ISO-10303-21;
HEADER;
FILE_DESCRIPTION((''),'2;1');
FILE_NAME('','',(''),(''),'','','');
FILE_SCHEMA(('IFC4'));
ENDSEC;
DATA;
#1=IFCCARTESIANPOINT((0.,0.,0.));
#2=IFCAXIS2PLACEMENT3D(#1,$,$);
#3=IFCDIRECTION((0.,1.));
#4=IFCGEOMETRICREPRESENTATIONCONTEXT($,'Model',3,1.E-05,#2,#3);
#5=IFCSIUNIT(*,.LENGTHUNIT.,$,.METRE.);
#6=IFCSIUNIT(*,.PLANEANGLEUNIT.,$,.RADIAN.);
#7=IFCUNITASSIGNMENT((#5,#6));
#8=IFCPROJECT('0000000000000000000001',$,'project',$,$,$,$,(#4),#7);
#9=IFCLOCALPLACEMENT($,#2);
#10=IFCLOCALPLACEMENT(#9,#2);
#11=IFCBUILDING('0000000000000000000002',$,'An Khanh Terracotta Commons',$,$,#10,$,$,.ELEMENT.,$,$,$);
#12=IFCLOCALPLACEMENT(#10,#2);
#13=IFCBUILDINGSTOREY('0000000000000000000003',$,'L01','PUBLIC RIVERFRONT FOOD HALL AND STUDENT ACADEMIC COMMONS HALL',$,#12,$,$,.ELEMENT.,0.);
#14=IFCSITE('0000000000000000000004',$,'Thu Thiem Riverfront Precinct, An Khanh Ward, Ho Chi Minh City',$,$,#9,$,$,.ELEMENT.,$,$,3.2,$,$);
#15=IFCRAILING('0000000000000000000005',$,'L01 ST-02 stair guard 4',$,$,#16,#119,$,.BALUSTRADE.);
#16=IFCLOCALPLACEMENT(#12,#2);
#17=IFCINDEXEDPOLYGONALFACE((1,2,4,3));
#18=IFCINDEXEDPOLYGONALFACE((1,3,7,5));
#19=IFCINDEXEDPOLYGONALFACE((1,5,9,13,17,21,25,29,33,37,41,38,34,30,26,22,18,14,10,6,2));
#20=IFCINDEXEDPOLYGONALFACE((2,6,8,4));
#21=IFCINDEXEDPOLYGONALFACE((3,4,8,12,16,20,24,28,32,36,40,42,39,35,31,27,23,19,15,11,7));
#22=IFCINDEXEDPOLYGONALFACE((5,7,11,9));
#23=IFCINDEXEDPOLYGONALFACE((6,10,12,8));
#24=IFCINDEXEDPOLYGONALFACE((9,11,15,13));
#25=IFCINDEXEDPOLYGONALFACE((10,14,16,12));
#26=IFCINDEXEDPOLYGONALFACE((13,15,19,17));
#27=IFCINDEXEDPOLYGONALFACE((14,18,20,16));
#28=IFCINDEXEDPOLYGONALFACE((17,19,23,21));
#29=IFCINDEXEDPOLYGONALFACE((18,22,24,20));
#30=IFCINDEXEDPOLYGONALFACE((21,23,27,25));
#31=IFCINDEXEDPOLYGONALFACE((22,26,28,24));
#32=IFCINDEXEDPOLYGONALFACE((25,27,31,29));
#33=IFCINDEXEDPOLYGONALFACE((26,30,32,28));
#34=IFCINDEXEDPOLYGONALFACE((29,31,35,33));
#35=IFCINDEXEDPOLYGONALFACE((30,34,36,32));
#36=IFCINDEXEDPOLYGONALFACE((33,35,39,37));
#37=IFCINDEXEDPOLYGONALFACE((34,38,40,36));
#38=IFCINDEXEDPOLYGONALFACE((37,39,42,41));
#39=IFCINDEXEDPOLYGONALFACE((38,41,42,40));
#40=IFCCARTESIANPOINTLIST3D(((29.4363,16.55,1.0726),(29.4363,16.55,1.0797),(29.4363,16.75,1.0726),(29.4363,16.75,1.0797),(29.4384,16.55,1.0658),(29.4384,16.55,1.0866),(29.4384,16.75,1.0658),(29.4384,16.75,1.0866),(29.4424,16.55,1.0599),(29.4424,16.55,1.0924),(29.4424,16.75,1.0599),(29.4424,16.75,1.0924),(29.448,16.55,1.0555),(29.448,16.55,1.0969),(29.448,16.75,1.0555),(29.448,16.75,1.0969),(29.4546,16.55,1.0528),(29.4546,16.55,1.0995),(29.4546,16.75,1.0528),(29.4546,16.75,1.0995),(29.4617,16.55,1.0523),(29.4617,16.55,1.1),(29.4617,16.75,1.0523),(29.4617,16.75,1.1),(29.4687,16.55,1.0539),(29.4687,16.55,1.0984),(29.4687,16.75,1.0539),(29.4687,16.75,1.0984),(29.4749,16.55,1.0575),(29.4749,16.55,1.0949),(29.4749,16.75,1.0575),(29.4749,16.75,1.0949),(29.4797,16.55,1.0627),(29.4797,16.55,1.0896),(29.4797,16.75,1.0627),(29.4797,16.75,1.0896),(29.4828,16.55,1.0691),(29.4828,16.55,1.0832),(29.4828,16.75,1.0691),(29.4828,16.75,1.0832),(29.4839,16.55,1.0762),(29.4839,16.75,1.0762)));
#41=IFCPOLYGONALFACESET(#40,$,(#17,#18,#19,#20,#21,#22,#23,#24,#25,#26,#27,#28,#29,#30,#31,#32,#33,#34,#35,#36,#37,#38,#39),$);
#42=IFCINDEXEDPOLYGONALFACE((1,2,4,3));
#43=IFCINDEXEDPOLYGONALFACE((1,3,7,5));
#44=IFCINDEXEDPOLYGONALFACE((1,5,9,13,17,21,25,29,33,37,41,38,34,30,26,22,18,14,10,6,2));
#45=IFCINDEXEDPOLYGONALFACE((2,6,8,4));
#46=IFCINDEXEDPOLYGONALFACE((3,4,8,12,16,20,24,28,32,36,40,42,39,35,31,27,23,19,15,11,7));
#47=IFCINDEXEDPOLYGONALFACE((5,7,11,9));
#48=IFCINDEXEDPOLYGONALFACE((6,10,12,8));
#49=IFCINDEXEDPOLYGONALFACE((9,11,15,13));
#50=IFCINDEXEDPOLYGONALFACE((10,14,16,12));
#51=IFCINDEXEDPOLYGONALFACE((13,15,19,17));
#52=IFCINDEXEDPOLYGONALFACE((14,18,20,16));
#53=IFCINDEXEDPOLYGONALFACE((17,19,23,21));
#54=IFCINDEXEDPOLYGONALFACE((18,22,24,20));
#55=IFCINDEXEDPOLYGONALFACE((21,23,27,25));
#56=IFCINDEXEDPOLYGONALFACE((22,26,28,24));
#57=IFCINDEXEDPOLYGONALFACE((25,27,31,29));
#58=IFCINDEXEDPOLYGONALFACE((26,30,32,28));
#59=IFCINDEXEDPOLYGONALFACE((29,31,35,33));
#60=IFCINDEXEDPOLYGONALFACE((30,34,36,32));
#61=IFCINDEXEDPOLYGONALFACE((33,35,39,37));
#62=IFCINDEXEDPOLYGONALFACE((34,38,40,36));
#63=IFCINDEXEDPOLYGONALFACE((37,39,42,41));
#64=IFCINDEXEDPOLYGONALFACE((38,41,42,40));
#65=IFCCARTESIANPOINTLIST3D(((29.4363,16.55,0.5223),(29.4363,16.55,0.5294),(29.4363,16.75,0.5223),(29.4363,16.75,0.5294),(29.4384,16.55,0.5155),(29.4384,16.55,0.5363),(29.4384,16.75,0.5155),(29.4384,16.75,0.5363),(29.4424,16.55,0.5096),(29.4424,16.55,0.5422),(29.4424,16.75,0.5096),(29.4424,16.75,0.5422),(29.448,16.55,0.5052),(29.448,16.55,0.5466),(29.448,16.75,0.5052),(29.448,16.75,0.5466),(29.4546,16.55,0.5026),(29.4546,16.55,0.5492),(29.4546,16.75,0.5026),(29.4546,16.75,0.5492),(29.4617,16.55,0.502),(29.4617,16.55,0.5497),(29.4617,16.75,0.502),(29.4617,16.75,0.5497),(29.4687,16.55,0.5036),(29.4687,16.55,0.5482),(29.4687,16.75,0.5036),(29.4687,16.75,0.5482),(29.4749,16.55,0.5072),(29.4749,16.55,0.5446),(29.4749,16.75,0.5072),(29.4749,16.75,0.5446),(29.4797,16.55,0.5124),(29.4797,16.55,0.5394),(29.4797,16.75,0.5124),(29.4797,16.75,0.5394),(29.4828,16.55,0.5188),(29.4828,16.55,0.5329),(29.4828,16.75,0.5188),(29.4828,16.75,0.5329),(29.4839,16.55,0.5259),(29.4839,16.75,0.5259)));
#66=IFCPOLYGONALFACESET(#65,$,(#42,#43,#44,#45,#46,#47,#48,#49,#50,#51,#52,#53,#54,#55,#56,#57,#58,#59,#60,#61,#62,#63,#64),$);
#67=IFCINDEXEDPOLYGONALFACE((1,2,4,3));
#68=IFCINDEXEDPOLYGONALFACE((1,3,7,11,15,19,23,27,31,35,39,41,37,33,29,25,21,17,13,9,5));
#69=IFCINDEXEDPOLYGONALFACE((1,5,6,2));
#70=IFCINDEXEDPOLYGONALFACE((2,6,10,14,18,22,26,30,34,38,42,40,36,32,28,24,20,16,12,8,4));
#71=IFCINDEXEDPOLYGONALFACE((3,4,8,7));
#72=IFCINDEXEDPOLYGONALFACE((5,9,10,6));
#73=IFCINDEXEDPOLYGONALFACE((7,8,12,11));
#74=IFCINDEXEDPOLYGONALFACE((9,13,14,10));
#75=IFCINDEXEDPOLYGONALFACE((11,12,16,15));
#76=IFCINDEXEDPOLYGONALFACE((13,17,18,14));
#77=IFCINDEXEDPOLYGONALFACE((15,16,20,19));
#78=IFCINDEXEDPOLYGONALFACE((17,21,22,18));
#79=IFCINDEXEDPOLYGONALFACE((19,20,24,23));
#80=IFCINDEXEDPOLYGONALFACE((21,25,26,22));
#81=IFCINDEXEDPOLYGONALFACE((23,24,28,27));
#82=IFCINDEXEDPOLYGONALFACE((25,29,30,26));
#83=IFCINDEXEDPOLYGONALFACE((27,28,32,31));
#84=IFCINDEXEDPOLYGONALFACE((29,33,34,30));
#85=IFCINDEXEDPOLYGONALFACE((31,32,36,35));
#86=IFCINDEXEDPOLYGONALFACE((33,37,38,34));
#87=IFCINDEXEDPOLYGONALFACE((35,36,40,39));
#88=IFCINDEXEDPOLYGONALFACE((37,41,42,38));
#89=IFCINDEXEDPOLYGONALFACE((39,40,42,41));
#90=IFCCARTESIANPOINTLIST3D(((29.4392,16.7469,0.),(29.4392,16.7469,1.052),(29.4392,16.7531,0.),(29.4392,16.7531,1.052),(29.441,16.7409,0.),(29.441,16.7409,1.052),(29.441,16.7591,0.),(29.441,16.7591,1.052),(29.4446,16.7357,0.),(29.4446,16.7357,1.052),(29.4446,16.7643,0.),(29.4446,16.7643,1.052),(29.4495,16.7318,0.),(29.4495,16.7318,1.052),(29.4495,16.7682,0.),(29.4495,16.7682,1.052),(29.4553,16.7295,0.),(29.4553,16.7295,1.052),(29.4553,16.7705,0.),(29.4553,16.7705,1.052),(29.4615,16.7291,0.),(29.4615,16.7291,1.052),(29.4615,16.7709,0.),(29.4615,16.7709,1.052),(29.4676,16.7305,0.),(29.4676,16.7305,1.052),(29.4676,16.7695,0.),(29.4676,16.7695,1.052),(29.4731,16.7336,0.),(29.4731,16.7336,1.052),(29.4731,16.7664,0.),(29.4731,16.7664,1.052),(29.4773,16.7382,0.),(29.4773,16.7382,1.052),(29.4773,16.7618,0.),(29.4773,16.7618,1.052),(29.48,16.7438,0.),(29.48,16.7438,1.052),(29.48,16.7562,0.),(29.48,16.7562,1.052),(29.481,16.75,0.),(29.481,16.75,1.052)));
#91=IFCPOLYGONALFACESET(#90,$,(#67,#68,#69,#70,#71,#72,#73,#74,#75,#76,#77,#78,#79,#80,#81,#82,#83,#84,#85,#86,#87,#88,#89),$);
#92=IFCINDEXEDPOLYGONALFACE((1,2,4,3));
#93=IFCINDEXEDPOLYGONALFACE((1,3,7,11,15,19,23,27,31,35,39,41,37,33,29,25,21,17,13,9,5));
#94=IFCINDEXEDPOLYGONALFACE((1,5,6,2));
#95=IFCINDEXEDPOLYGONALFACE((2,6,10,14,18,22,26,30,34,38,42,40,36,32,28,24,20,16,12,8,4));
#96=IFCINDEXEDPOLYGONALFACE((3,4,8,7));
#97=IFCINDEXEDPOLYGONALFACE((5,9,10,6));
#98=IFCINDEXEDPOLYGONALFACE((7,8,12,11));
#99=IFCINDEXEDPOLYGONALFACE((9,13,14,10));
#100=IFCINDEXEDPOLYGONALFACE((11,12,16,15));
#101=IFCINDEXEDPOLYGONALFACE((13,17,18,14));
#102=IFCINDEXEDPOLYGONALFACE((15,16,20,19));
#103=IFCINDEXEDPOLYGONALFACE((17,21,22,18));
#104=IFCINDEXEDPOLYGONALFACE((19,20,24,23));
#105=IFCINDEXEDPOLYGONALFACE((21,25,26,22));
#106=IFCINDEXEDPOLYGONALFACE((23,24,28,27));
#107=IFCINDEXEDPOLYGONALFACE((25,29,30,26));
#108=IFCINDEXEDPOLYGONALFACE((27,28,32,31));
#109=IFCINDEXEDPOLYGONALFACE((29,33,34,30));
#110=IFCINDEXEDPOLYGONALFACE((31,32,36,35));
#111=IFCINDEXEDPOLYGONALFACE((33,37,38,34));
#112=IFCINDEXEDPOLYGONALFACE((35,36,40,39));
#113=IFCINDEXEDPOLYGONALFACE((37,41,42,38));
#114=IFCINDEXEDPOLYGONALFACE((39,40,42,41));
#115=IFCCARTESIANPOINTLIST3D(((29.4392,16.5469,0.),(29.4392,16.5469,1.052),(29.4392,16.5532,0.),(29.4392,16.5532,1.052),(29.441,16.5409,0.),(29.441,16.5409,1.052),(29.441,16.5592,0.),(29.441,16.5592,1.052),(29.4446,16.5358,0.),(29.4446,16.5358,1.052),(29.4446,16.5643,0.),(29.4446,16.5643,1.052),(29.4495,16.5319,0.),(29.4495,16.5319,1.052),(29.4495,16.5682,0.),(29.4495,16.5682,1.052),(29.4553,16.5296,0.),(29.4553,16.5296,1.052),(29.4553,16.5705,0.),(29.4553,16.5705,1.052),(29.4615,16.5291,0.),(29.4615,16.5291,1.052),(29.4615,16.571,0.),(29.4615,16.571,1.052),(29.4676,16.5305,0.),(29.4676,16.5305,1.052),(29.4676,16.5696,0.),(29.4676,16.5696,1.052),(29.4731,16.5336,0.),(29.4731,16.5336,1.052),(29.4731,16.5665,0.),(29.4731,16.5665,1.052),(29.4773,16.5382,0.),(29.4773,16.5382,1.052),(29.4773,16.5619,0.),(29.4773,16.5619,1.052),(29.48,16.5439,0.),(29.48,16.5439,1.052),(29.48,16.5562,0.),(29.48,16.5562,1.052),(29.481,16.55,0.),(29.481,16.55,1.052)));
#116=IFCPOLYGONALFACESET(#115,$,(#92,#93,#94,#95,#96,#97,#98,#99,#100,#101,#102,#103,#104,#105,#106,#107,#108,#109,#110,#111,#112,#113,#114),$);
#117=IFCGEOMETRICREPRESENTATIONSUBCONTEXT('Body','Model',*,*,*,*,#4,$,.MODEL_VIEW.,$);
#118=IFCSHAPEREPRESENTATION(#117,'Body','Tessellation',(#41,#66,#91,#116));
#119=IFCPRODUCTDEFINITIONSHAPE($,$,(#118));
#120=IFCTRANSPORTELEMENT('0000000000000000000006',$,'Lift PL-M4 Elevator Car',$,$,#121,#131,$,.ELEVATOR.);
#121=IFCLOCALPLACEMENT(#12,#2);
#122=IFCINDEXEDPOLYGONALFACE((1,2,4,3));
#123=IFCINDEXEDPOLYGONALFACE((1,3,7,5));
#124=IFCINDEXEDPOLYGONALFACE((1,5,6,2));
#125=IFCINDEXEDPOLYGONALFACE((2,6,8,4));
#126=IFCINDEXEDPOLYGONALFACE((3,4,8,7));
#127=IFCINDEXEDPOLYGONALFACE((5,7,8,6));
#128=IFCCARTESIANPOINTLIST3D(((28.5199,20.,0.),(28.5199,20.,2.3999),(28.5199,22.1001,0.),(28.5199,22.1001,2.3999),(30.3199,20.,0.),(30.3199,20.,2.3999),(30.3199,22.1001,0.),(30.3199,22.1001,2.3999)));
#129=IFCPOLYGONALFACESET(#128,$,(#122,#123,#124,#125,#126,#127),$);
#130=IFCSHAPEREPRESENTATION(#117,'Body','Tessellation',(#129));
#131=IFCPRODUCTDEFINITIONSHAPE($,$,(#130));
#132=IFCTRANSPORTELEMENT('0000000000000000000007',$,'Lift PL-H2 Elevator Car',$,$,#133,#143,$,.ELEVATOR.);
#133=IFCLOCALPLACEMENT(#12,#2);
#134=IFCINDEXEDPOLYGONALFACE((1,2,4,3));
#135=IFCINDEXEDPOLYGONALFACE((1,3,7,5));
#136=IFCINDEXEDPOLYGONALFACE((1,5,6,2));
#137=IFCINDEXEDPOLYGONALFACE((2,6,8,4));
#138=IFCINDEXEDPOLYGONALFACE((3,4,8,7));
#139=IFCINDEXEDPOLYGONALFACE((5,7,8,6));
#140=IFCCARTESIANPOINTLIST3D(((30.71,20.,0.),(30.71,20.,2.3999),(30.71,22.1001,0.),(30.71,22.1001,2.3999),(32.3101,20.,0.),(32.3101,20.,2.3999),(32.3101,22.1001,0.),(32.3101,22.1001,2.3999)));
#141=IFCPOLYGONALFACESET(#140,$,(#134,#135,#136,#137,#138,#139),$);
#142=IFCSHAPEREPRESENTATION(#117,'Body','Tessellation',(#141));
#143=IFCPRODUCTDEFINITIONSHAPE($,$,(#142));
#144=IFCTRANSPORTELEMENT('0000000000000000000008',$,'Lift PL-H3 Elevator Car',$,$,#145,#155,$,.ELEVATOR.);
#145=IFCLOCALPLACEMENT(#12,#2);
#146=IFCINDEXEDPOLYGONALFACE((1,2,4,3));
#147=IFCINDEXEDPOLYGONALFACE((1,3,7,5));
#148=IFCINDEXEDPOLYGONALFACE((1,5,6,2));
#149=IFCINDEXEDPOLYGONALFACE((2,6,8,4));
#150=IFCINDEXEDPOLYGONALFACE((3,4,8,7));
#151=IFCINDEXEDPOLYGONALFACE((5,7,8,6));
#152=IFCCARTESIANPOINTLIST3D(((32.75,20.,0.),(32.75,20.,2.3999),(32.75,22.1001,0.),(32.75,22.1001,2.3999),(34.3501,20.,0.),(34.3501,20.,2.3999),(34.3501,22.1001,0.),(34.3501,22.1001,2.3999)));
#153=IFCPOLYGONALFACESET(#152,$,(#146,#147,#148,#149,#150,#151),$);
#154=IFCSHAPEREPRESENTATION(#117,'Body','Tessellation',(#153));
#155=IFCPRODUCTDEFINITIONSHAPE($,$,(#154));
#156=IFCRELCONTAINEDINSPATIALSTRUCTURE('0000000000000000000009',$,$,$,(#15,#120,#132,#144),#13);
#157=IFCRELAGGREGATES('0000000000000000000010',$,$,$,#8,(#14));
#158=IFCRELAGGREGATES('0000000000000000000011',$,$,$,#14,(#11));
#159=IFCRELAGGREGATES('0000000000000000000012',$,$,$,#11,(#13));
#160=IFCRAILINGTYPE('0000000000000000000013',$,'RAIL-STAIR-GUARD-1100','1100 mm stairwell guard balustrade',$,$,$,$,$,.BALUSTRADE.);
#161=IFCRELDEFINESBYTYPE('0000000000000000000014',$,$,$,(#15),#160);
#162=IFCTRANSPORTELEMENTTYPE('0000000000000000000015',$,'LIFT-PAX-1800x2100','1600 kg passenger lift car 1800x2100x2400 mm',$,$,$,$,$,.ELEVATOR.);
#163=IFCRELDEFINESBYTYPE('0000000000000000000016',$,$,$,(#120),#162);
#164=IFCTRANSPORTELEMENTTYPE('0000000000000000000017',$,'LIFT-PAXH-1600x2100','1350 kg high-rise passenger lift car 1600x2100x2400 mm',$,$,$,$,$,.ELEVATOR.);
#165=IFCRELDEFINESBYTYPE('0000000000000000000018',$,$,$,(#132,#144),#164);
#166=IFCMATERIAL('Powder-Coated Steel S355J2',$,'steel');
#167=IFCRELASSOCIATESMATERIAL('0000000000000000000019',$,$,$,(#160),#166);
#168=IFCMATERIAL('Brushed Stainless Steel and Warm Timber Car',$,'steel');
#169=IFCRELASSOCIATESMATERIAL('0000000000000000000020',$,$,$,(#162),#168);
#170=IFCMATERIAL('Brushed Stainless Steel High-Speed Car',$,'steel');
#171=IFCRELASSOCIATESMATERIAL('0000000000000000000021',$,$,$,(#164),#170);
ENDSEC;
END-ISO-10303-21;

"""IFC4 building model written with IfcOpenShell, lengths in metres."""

from ifc_helpers import new_model, si_unit, direction, frame, origin, origin_2d, place, context, subcontext, project, spatial, rectangle, circle, extrude, material, type_object, element, save


model = new_model("IFC4")

# Units and contexts
model_context = context("Model", 3, precision=1e-05, world=origin(), true_north=direction((0.0, 1.0)))
body_context = subcontext(model_context, "Body", "Model", "MODEL_VIEW")
ifc_project = project(units=[si_unit("LENGTHUNIT", "METRE"), si_unit("PLANEANGLEUNIT", "RADIAN")], contexts=[model_context])

# Site, building, storey
site_placement = place(None, origin())
site = spatial("IfcSite", under=ifc_project, at=site_placement, Name="Thu Thiem Riverfront Precinct, An Khanh Ward, Ho Chi Minh City", CompositionType="ELEMENT", RefElevation=3.2)
building_placement = place(site_placement, origin())
building = spatial("IfcBuilding", under=site, at=building_placement, Name="An Khanh Terracotta Commons", CompositionType="ELEMENT")
storey_placement = place(building_placement, origin())
storey = spatial("IfcBuildingStorey", under=building, at=storey_placement, Name="L01", Description="PUBLIC RIVERFRONT FOOD HALL AND STUDENT ACADEMIC COMMONS HALL", CompositionType="ELEMENT", Elevation=0.0)

# Railing
ifc_material_1 = material(Name="Powder-Coated Steel S355J2", Category="steel")
railing_type_1 = type_object("IfcRailingType", Name="RAIL-STAIR-GUARD-1100", Description="1100 mm stairwell guard balustrade", PredefinedType="BALUSTRADE", material=ifc_material_1)
railing_1_placement = place(storey_placement, frame((29.46, 16.75, 0.0)))
element("IfcRailing", 1, at=railing_1_placement, inside=storey, type_object=railing_type_1, Name="L01 ST-02 stair guard 4", PredefinedType="BALUSTRADE", context=body_context, shape_type="SweptSolid", body=[
    extrude(circle(Radius=0.0239, at=origin_2d()), frame((0.0, 0.0, 1.0762), z_axis=(0.0, -1.0, 0.0), x_axis=(1.0, 0.0, 0.0)), (0.0, 0.0, 1.0), 0.2),
    extrude(circle(Radius=0.0239, at=origin_2d()), frame((0.0, 0.0, 0.5259), z_axis=(0.0, -1.0, 0.0), x_axis=(1.0, 0.0, 0.0)), (0.0, 0.0, 1.0), 0.2),
    extrude(circle(Radius=0.021, at=origin_2d()), origin(), (0.0, 0.0, 1.0), 1.052),
    extrude(circle(Radius=0.021, at=origin_2d()), frame((0.0, -0.2, 0.0)), (0.0, 0.0, 1.0), 1.052),
])

# Transport elements
ifc_material_2 = material(Name="Brushed Stainless Steel and Warm Timber Car", Category="steel")
transport_element_type_1 = type_object("IfcTransportElementType", Name="LIFT-PAX-1800x2100", Description="1600 kg passenger lift car 1800x2100x2400 mm", PredefinedType="ELEVATOR", material=ifc_material_2)
transport_element_placement = place(storey_placement, frame((29.4199, 21.05, 0.0), z_axis=(0.0, 0.0, 1.0), x_axis=(1.0, 0.0, 0.0)))
element("IfcTransportElement", 2, at=transport_element_placement, inside=storey, type_object=transport_element_type_1, Name="Lift PL-M4 Elevator Car", PredefinedType="ELEVATOR", context=body_context, shape_type="SweptSolid", body=[
    extrude(rectangle(XDim=1.8, YDim=2.1001, at=origin_2d()), origin(), (0.0, 0.0, 1.0), 2.3999),
])
ifc_material_3 = material(Name="Brushed Stainless Steel High-Speed Car", Category="steel")
transport_element_type_2 = type_object("IfcTransportElementType", Name="LIFT-PAXH-1600x2100", Description="1350 kg high-rise passenger lift car 1600x2100x2400 mm", PredefinedType="ELEVATOR", material=ifc_material_3)
for number, where, z_axis, x_axis, name in (
    (3, (31.51, 21.05, 0.0), (0.0, 0.0, 1.0), (1.0, 0.0, 0.0), "Lift PL-H2 Elevator Car"),
    (4, (33.55, 21.05, 0.0), (0.0, 0.0, 1.0), (1.0, 0.0, 0.0), "Lift PL-H3 Elevator Car"),
):
    element("IfcTransportElement", number, at=place(storey_placement, frame(where, z_axis=z_axis, x_axis=x_axis)), inside=storey, type_object=transport_element_type_2, Name=name, PredefinedType="ELEVATOR", context=body_context, shape_type="SweptSolid", body=[
        extrude(rectangle(XDim=1.6001, YDim=2.1001, at=origin_2d()), origin(), (0.0, 0.0, 1.0), 2.3999),
    ])

save(model, "model.ifc")
